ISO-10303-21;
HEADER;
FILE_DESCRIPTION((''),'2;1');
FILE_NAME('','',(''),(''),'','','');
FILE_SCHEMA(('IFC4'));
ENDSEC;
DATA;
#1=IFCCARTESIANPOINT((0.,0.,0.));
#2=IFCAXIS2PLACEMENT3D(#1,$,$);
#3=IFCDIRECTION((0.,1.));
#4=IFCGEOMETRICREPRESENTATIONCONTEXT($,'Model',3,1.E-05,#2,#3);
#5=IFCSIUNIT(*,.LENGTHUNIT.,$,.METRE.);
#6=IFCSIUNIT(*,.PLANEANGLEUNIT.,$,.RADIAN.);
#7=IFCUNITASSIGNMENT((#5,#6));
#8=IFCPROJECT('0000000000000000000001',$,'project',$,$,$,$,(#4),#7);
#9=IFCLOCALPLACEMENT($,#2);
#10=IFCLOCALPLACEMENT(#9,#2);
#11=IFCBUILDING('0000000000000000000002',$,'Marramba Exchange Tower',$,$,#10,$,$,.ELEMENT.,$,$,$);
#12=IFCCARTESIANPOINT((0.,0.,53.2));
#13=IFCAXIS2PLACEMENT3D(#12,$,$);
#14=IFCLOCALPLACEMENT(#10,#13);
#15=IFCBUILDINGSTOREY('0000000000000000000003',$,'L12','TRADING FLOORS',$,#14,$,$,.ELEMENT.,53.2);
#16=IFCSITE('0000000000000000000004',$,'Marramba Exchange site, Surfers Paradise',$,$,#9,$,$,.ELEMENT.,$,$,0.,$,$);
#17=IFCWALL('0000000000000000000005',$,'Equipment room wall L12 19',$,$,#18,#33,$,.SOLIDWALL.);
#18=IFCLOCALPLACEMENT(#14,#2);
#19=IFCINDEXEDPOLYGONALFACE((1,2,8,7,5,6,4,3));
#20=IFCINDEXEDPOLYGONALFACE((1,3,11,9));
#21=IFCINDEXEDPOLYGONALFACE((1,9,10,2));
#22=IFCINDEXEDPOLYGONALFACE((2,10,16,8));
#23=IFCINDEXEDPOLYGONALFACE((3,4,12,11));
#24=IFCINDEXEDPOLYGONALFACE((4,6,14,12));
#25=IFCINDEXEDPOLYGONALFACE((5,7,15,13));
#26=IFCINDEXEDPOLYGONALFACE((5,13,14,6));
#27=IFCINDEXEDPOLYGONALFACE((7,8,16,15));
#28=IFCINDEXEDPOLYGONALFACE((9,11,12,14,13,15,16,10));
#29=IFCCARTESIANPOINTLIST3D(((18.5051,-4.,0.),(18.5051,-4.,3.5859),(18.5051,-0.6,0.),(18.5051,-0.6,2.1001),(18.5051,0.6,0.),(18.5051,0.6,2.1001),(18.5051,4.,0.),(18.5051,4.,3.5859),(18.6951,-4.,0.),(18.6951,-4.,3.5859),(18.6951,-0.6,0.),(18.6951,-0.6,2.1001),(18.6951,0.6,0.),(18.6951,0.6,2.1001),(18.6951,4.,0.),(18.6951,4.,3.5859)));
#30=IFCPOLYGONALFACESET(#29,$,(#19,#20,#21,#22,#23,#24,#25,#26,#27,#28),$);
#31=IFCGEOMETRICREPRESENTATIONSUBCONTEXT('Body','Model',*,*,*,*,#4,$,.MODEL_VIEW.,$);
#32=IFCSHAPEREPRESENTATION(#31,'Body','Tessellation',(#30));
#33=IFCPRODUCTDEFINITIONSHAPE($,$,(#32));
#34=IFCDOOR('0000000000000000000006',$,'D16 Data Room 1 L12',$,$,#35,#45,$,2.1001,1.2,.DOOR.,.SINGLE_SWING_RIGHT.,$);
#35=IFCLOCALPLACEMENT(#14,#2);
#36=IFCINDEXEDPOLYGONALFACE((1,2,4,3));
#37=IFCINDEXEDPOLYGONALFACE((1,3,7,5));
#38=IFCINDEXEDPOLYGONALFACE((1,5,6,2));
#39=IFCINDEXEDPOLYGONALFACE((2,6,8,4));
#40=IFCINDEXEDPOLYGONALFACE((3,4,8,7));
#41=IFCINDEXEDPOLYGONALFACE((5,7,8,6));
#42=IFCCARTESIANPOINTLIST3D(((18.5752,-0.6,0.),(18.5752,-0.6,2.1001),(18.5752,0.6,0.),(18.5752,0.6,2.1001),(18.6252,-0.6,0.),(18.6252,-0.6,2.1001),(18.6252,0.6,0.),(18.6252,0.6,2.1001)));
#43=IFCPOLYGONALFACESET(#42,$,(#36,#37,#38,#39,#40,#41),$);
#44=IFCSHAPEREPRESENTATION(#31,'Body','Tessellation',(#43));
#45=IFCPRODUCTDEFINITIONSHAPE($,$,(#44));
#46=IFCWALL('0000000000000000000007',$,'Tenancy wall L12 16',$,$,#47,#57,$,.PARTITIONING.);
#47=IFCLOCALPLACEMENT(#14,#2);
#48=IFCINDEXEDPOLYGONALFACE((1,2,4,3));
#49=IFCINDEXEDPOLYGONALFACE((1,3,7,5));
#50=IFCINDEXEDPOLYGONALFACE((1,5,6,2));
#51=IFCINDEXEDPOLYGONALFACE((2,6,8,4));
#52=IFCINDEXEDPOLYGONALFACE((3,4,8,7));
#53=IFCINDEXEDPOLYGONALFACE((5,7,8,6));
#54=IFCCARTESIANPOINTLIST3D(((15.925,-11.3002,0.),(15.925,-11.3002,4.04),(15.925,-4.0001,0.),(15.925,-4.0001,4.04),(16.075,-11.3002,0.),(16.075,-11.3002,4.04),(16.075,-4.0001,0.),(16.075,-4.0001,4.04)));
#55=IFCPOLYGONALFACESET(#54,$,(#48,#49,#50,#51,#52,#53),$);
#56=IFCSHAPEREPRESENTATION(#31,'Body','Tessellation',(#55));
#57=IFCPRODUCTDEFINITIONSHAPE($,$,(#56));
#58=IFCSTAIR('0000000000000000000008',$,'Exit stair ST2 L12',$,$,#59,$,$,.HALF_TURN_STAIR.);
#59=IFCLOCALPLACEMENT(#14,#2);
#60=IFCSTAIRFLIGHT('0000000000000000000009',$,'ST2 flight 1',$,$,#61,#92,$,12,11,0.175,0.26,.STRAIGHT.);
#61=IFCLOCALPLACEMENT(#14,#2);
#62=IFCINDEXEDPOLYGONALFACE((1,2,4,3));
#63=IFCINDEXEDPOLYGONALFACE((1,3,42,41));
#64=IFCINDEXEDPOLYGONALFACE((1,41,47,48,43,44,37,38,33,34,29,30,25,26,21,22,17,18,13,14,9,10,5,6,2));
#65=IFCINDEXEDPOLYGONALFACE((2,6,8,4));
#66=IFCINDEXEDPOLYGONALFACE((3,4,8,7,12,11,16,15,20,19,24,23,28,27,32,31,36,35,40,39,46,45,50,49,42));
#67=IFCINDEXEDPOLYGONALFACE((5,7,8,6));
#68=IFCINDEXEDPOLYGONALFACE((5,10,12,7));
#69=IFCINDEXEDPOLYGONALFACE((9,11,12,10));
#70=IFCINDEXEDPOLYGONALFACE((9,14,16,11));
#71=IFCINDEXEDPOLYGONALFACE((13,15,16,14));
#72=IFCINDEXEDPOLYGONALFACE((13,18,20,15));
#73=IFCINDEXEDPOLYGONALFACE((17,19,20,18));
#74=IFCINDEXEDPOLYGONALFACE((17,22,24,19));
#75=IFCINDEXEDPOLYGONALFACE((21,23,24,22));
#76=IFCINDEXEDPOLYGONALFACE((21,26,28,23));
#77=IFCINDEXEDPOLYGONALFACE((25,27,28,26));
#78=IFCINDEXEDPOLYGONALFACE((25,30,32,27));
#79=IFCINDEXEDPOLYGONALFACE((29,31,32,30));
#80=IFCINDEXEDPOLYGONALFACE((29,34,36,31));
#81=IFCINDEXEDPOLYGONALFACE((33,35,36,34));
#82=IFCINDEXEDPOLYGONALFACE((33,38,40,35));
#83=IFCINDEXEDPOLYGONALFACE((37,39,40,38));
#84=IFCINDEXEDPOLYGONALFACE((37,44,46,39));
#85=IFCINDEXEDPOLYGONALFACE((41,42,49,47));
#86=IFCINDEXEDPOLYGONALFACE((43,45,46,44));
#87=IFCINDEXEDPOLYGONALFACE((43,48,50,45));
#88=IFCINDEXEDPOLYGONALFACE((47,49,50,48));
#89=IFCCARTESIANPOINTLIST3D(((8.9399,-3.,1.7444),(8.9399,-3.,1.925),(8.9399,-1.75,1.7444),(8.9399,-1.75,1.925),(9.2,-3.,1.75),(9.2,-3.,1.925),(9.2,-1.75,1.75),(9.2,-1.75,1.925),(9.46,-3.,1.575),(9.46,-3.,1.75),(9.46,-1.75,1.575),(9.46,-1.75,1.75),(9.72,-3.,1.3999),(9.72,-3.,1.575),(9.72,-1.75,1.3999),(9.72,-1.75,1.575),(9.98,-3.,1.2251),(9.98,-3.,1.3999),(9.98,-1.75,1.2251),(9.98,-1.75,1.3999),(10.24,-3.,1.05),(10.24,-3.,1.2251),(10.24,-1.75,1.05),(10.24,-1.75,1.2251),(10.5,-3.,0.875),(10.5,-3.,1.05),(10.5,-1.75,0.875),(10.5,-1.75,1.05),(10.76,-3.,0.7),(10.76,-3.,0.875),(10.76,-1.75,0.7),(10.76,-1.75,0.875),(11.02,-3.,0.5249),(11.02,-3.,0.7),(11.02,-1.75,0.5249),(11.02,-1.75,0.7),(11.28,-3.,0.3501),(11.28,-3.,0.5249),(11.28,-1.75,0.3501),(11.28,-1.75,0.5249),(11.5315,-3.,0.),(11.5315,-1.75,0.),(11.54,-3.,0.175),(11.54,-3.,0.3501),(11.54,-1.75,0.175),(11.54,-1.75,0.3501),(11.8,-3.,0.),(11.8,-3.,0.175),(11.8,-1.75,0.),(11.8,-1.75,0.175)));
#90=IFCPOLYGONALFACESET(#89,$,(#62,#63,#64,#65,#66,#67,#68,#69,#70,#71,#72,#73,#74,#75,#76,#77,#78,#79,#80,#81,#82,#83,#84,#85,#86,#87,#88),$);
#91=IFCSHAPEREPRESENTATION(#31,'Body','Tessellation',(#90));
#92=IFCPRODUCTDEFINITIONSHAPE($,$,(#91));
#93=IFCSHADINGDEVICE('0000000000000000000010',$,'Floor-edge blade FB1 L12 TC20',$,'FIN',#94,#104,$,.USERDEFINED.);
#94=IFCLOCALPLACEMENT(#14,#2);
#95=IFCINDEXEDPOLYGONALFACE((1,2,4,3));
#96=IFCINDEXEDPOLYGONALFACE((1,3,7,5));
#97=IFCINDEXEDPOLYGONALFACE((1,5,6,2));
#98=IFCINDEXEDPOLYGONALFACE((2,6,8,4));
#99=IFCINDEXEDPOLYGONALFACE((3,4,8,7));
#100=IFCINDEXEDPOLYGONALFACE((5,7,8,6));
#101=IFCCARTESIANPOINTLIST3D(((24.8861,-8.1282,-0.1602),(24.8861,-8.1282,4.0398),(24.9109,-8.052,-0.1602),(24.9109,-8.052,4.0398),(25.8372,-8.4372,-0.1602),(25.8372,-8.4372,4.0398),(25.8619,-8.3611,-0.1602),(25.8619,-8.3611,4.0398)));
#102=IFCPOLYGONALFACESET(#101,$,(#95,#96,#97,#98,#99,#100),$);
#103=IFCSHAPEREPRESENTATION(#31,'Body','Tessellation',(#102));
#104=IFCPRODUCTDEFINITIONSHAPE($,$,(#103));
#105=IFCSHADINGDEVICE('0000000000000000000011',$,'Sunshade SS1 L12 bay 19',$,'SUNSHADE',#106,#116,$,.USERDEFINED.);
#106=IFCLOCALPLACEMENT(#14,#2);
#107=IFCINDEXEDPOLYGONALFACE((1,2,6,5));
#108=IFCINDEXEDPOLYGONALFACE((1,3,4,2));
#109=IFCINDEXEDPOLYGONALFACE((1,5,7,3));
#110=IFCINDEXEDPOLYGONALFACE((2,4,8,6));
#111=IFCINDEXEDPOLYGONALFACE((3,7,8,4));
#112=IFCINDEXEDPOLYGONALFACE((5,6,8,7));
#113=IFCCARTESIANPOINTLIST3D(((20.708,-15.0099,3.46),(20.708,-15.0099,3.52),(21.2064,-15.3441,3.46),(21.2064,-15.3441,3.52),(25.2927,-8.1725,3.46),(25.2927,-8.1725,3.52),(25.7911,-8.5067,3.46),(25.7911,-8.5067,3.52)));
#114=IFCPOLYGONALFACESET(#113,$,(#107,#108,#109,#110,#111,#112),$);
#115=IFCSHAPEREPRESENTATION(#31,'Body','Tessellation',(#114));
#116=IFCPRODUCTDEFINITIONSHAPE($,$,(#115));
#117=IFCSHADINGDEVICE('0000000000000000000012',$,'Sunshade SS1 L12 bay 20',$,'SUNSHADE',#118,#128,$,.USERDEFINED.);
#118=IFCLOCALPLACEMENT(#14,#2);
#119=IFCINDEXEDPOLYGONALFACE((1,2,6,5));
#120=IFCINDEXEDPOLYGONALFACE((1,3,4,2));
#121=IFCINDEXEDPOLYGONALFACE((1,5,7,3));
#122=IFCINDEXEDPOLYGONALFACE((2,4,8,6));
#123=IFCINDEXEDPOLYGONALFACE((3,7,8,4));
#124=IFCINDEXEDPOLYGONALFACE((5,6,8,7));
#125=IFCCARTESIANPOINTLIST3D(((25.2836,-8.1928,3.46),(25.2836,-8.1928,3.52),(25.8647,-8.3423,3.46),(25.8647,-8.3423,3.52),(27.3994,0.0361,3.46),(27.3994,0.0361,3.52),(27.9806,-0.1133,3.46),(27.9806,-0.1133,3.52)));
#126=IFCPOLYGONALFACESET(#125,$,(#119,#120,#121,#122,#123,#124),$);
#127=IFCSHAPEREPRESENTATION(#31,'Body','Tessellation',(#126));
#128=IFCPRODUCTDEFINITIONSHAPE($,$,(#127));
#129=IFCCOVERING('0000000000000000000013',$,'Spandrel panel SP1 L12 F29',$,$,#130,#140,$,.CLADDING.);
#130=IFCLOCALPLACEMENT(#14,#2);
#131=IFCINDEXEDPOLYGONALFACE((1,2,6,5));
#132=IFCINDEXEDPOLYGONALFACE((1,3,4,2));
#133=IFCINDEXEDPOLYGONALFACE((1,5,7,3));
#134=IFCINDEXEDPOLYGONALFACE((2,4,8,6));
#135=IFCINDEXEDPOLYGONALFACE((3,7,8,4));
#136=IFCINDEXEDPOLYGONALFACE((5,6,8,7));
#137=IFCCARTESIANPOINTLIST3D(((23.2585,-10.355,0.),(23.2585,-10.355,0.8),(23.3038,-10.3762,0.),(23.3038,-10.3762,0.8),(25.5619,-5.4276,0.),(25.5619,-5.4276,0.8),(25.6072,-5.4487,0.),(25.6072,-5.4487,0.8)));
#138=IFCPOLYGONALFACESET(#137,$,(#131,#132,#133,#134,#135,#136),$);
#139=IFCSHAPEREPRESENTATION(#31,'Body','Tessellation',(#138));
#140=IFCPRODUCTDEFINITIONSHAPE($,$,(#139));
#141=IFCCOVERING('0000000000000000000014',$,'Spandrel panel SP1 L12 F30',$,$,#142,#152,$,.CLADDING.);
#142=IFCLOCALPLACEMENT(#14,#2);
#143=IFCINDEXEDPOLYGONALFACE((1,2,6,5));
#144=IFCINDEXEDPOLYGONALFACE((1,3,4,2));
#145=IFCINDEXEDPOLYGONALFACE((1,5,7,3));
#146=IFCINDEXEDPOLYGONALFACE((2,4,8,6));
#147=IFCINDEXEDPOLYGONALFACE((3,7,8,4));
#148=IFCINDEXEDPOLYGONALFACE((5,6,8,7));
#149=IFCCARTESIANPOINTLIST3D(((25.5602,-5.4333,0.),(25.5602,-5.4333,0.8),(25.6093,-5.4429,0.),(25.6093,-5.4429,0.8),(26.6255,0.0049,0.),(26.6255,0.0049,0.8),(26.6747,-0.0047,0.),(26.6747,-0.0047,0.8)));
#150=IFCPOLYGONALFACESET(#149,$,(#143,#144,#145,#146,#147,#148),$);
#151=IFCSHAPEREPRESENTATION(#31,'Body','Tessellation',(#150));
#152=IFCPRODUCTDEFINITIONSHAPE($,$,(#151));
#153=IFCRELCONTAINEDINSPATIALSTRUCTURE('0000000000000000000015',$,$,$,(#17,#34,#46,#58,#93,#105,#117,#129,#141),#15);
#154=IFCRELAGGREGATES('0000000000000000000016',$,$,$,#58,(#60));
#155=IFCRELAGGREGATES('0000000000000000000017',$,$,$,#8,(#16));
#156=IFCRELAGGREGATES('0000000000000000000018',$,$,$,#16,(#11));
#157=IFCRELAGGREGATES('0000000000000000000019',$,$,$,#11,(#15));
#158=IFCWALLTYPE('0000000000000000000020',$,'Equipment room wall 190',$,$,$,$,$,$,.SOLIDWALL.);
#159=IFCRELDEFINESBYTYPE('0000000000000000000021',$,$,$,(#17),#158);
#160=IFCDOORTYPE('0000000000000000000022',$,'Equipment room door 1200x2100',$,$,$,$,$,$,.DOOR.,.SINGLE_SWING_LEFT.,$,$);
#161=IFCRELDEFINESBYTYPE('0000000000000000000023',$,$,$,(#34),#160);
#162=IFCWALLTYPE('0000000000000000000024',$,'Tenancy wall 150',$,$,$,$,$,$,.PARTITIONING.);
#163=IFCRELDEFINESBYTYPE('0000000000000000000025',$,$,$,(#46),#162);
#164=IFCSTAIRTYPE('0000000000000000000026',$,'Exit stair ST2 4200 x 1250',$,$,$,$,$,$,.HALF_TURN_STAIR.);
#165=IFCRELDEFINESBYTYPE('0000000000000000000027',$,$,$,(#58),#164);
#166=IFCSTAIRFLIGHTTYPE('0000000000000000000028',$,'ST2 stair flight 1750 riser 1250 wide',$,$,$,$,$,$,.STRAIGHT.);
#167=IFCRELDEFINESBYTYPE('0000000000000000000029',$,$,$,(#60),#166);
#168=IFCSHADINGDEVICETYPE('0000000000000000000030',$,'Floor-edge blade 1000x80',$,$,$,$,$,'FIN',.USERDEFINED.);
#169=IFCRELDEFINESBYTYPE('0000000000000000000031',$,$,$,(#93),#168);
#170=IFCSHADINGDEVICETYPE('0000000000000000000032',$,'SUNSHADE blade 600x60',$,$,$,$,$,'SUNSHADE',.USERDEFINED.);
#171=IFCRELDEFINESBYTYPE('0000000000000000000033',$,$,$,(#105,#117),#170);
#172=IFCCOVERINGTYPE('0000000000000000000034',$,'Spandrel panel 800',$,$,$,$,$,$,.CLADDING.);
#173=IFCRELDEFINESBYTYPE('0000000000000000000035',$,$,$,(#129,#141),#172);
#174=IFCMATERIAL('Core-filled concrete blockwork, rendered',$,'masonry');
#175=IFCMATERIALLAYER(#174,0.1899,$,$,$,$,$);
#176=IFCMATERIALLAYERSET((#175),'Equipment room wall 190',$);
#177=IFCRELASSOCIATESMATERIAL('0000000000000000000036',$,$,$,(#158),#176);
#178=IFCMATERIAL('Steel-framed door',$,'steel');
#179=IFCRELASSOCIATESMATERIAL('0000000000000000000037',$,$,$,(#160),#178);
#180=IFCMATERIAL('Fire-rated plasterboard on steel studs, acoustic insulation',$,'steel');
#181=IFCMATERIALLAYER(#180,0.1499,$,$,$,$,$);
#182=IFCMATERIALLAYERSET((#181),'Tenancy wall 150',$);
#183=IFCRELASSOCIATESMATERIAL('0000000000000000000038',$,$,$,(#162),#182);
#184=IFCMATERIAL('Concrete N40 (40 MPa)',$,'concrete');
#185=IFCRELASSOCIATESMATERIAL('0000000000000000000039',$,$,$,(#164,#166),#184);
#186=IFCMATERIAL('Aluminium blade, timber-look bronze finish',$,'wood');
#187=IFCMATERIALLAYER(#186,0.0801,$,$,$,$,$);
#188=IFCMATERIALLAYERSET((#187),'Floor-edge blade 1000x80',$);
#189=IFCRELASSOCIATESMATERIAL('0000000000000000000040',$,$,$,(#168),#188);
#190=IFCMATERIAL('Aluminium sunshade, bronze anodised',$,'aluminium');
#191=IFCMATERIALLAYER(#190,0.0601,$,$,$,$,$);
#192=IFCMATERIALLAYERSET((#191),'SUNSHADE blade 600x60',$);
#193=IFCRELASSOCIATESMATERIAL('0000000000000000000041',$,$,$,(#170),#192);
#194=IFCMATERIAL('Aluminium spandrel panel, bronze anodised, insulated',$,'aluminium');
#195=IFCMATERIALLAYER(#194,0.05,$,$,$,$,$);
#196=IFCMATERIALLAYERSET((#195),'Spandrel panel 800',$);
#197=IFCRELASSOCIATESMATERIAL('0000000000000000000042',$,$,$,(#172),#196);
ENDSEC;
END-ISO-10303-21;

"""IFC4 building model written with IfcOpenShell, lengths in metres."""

from ifc_helpers import new_model, si_unit, direction, frame, frame_2d, origin, origin_2d, place, context, subcontext, project, spatial, polyline, rectangle, outline, extrude, material, layer, layer_set, type_object, element, fill, aggregate, save


model = new_model("IFC4")

# Units and contexts
model_context = context("Model", 3, precision=1e-05, world=origin(), true_north=direction((0.0, 1.0)))
body_context = subcontext(model_context, "Body", "Model", "MODEL_VIEW")
ifc_project = project(units=[si_unit("LENGTHUNIT", "METRE"), si_unit("PLANEANGLEUNIT", "RADIAN")], contexts=[model_context])

# Site, building, storey
site_placement = place(None, origin())
site = spatial("IfcSite", under=ifc_project, at=site_placement, Name="Marramba Exchange site, Surfers Paradise", CompositionType="ELEMENT", RefElevation=0.0)
building_placement = place(site_placement, origin())
building = spatial("IfcBuilding", under=site, at=building_placement, Name="Marramba Exchange Tower", CompositionType="ELEMENT")
storey_placement = place(building_placement, frame((0.0, 0.0, 53.2)))
storey = spatial("IfcBuildingStorey", under=building, at=storey_placement, Name="L12", Description="TRADING FLOORS", CompositionType="ELEMENT", Elevation=53.2)

# Shared definitions
ifc_material_1 = material(Name="Steel-framed door", Category="steel")

# Shared definitions
ifc_material_2 = material(Name="Core-filled concrete blockwork, rendered", Category="masonry")
ifc_layer_1 = layer(ifc_material_2, 0.1899)
ifc_layer_set_1 = layer_set([ifc_layer_1], Name="Equipment room wall 190")
wall_type_1 = type_object("IfcWallType", Name="Equipment room wall 190", PredefinedType="SOLIDWALL", material=ifc_layer_set_1)

# Wall, opening, door
wall_1_placement = place(storey_placement, frame((18.6001, -4.0, 0.0), z_axis=(0.0, 0.0, 1.0), x_axis=(0.0, 1.0, 0.0)))
wall_1 = element("IfcWall", 1, at=wall_1_placement, inside=storey, type_object=wall_type_1, Name="Equipment room wall L12 19", PredefinedType="SOLIDWALL", context=body_context, shape_type="SweptSolid", body=[
    extrude(rectangle(XDim=8.0, YDim=0.1899, at=frame_2d((4.0, 0.0))), origin(), (0.0, 0.0, 1.0), 3.5859),
])
opening_1_placement = place(wall_1_placement, frame((3.3999, 0.0, 0.0)))
opening_1 = element("IfcOpeningElement", 2, at=opening_1_placement, cuts=wall_1, PredefinedType="OPENING", context=body_context, shape_type="SweptSolid", body=[
    extrude(rectangle(XDim=1.2, YDim=2.1001, at=frame_2d((0.6001, 1.05))), frame((0.0, 0.105, 0.0), z_axis=(0.0, -1.0, 0.0), x_axis=(1.0, 0.0, 0.0)), (0.0, 0.0, 1.0), 0.21),
])
door_type_1 = type_object("IfcDoorType", Name="Equipment room door 1200x2100", OperationType="SINGLE_SWING_LEFT", PredefinedType="DOOR", material=ifc_material_1)
door_1_placement = place(opening_1_placement, origin())
door_1 = element("IfcDoor", 3, at=door_1_placement, inside=storey, type_object=door_type_1, Name="D16 Data Room 1 L12", OperationType="SINGLE_SWING_RIGHT", OverallHeight=2.1001, OverallWidth=1.2, PredefinedType="DOOR", context=body_context, shape_type="SweptSolid", body=[
    extrude(rectangle(XDim=1.2, YDim=2.1001, at=frame_2d((0.6001, 1.05))), frame((0.0, 0.0249, 0.0), z_axis=(0.0, -1.0, 0.0), x_axis=(1.0, 0.0, 0.0)), (0.0, 0.0, 1.0), 0.05),
])
fill(opening_1, door_1)

# Wall
ifc_material_3 = material(Name="Fire-rated plasterboard on steel studs, acoustic insulation", Category="steel")
ifc_layer_2 = layer(ifc_material_3, 0.1499)
ifc_layer_set_2 = layer_set([ifc_layer_2], Name="Tenancy wall 150")
wall_type_2 = type_object("IfcWallType", Name="Tenancy wall 150", PredefinedType="PARTITIONING", material=ifc_layer_set_2)
wall_2_placement = place(storey_placement, frame((16.0, -11.3, 0.0), z_axis=(0.0, 0.0, 1.0), x_axis=(0.0, 1.0, 0.0)))
element("IfcWall", 4, at=wall_2_placement, inside=storey, type_object=wall_type_2, Name="Tenancy wall L12 16", PredefinedType="PARTITIONING", context=body_context, shape_type="SweptSolid", body=[
    extrude(rectangle(XDim=7.3, YDim=0.1499, at=frame_2d((3.6499, 0.0))), origin(), (0.0, 0.0, 1.0), 4.04),
])

# Stair, stair flight
ifc_material_4 = material(Name="Concrete N40 (40 MPa)", Category="concrete")
stair_type = type_object("IfcStairType", Name="Exit stair ST2 4200 x 1250", PredefinedType="HALF_TURN_STAIR", material=ifc_material_4)
stair_placement = place(storey_placement, origin())
stair = element("IfcStair", 5, at=stair_placement, inside=storey, type_object=stair_type, Name="Exit stair ST2 L12", PredefinedType="HALF_TURN_STAIR")
stair_flight_type = type_object("IfcStairFlightType", Name="ST2 stair flight 1750 riser 1250 wide", PredefinedType="STRAIGHT", material=ifc_material_4)
stair_flight_placement = place(storey_placement, frame((11.8, -2.375, 0.0), z_axis=(0.0, 0.0, 1.0), x_axis=(-1.0, 0.0, 0.0)))
stair_flight = element("IfcStairFlight", 6, at=stair_flight_placement, type_object=stair_flight_type, Name="ST2 flight 1", NumberOfRisers=12, NumberOfTreads=11, PredefinedType="STRAIGHT", RiserHeight=0.175, TreadLength=0.26, context=body_context, shape_type="SweptSolid", body=[
    extrude(outline(polyline([(0.0, 0.0), (0.0, 0.175), (0.26, 0.175), (0.26, 0.3501), (0.52, 0.3501), (0.52, 0.5249), (0.78, 0.5249), (0.78, 0.7), (1.04, 0.7), (1.04, 0.875), (1.3, 0.875), (1.3, 1.05), (1.5601, 1.05), (1.5601, 1.2251), (1.8201, 1.2251), (1.8201, 1.3999), (2.0801, 1.3999), (2.0801, 1.575), (2.3401, 1.575), (2.3401, 1.75), (2.6001, 1.75), (2.6001, 1.925), (2.8601, 1.925), (2.8601, 2.1001), (2.8601, 1.7444), (0.2686, 0.0), (0.0, 0.0)])), frame((0.0, 0.625, 0.0), z_axis=(0.0, -1.0, 0.0), x_axis=(1.0, 0.0, 0.0)), (0.0, 0.0, 1.0), 1.25),
])
aggregate(stair, [stair_flight])

# Shading devices
ifc_material_5 = material(Name="Aluminium blade, timber-look bronze finish", Category="wood")
ifc_layer_3 = layer(ifc_material_5, 0.0801)
ifc_layer_set_3 = layer_set([ifc_layer_3], Name="Floor-edge blade 1000x80")
shading_device_type_1 = type_object("IfcShadingDeviceType", Name="Floor-edge blade 1000x80", ElementType="FIN", PredefinedType="USERDEFINED", material=ifc_layer_set_3)
shading_device_1_placement = place(storey_placement, frame((25.374, -8.2446, -0.1602), z_axis=(0.0, 0.0, 1.0), x_axis=(0.951057, -0.309017, 0.0)))
element("IfcShadingDevice", 7, at=shading_device_1_placement, inside=storey, type_object=shading_device_type_1, Name="Floor-edge blade FB1 L12 TC20", ObjectType="FIN", PredefinedType="USERDEFINED", context=body_context, shape_type="SweptSolid", body=[
    extrude(rectangle(XDim=1.0, YDim=0.0801, at=origin_2d()), origin(), (0.0, 0.0, 1.0), 4.2),
])
ifc_material_6 = material(Name="Aluminium sunshade, bronze anodised", Category="aluminium")
ifc_layer_4 = layer(ifc_material_6, 0.0601)
ifc_layer_set_4 = layer_set([ifc_layer_4], Name="SUNSHADE blade 600x60")
shading_device_type_2 = type_object("IfcShadingDeviceType", Name="SUNSHADE blade 600x60", ElementType="SUNSHADE", PredefinedType="USERDEFINED", material=ifc_layer_set_4)
shading_device_2_placement = place(storey_placement, frame((23.2495, -11.7583, 3.46), z_axis=(0.0, 0.0, 1.0), x_axis=(0.556924, 0.830563, 0.0)))
element("IfcShadingDevice", 8, at=shading_device_2_placement, inside=storey, type_object=shading_device_type_2, Name="Sunshade SS1 L12 bay 19", ObjectType="SUNSHADE", PredefinedType="USERDEFINED", context=body_context, shape_type="SweptSolid", body=[
    extrude(rectangle(XDim=8.2322, YDim=0.6001, at=origin_2d()), origin(), (0.0, 0.0, 1.0), 0.0601),
])
shading_device_3_placement = place(storey_placement, frame((26.6321, -4.1531, 3.46), z_axis=(0.0, 0.0, 1.0), x_axis=(0.249025, 0.968497, 0.0)))
element("IfcShadingDevice", 9, at=shading_device_3_placement, inside=storey, type_object=shading_device_type_2, Name="Sunshade SS1 L12 bay 20", ObjectType="SUNSHADE", PredefinedType="USERDEFINED", context=body_context, shape_type="SweptSolid", body=[
    extrude(rectangle(XDim=8.4966, YDim=0.6001, at=origin_2d()), origin(), (0.0, 0.0, 1.0), 0.0601),
])

# Coverings
ifc_material_7 = material(Name="Aluminium spandrel panel, bronze anodised, insulated", Category="aluminium")
ifc_layer_5 = layer(ifc_material_7, 0.05)
ifc_layer_set_5 = layer_set([ifc_layer_5], Name="Spandrel panel 800")
covering_type = type_object("IfcCoveringType", Name="Spandrel panel 800", PredefinedType="CLADDING", material=ifc_layer_set_5)
covering_1_placement = place(storey_placement, frame((24.4329, -7.9019, 0.0), z_axis=(0.0, 0.0, 1.0), x_axis=(0.423477, 0.905907, 0.0)))
element("IfcCovering", 10, at=covering_1_placement, inside=storey, type_object=covering_type, Name="Spandrel panel SP1 L12 F29", PredefinedType="CLADDING", context=body_context, shape_type="SweptSolid", body=[
    extrude(rectangle(XDim=5.4392, YDim=0.05, at=origin_2d()), origin(), (0.0, 0.0, 1.0), 0.8),
])
covering_2_placement = place(storey_placement, frame((26.1174, -2.719, 0.0), z_axis=(0.0, 0.0, 1.0), x_axis=(0.192249, 0.981346, 0.0)))
element("IfcCovering", 11, at=covering_2_placement, inside=storey, type_object=covering_type, Name="Spandrel panel SP1 L12 F30", PredefinedType="CLADDING", context=body_context, shape_type="SweptSolid", body=[
    extrude(rectangle(XDim=5.5415, YDim=0.05, at=origin_2d()), origin(), (0.0, 0.0, 1.0), 0.8),
])

save(model, "model.ifc")
